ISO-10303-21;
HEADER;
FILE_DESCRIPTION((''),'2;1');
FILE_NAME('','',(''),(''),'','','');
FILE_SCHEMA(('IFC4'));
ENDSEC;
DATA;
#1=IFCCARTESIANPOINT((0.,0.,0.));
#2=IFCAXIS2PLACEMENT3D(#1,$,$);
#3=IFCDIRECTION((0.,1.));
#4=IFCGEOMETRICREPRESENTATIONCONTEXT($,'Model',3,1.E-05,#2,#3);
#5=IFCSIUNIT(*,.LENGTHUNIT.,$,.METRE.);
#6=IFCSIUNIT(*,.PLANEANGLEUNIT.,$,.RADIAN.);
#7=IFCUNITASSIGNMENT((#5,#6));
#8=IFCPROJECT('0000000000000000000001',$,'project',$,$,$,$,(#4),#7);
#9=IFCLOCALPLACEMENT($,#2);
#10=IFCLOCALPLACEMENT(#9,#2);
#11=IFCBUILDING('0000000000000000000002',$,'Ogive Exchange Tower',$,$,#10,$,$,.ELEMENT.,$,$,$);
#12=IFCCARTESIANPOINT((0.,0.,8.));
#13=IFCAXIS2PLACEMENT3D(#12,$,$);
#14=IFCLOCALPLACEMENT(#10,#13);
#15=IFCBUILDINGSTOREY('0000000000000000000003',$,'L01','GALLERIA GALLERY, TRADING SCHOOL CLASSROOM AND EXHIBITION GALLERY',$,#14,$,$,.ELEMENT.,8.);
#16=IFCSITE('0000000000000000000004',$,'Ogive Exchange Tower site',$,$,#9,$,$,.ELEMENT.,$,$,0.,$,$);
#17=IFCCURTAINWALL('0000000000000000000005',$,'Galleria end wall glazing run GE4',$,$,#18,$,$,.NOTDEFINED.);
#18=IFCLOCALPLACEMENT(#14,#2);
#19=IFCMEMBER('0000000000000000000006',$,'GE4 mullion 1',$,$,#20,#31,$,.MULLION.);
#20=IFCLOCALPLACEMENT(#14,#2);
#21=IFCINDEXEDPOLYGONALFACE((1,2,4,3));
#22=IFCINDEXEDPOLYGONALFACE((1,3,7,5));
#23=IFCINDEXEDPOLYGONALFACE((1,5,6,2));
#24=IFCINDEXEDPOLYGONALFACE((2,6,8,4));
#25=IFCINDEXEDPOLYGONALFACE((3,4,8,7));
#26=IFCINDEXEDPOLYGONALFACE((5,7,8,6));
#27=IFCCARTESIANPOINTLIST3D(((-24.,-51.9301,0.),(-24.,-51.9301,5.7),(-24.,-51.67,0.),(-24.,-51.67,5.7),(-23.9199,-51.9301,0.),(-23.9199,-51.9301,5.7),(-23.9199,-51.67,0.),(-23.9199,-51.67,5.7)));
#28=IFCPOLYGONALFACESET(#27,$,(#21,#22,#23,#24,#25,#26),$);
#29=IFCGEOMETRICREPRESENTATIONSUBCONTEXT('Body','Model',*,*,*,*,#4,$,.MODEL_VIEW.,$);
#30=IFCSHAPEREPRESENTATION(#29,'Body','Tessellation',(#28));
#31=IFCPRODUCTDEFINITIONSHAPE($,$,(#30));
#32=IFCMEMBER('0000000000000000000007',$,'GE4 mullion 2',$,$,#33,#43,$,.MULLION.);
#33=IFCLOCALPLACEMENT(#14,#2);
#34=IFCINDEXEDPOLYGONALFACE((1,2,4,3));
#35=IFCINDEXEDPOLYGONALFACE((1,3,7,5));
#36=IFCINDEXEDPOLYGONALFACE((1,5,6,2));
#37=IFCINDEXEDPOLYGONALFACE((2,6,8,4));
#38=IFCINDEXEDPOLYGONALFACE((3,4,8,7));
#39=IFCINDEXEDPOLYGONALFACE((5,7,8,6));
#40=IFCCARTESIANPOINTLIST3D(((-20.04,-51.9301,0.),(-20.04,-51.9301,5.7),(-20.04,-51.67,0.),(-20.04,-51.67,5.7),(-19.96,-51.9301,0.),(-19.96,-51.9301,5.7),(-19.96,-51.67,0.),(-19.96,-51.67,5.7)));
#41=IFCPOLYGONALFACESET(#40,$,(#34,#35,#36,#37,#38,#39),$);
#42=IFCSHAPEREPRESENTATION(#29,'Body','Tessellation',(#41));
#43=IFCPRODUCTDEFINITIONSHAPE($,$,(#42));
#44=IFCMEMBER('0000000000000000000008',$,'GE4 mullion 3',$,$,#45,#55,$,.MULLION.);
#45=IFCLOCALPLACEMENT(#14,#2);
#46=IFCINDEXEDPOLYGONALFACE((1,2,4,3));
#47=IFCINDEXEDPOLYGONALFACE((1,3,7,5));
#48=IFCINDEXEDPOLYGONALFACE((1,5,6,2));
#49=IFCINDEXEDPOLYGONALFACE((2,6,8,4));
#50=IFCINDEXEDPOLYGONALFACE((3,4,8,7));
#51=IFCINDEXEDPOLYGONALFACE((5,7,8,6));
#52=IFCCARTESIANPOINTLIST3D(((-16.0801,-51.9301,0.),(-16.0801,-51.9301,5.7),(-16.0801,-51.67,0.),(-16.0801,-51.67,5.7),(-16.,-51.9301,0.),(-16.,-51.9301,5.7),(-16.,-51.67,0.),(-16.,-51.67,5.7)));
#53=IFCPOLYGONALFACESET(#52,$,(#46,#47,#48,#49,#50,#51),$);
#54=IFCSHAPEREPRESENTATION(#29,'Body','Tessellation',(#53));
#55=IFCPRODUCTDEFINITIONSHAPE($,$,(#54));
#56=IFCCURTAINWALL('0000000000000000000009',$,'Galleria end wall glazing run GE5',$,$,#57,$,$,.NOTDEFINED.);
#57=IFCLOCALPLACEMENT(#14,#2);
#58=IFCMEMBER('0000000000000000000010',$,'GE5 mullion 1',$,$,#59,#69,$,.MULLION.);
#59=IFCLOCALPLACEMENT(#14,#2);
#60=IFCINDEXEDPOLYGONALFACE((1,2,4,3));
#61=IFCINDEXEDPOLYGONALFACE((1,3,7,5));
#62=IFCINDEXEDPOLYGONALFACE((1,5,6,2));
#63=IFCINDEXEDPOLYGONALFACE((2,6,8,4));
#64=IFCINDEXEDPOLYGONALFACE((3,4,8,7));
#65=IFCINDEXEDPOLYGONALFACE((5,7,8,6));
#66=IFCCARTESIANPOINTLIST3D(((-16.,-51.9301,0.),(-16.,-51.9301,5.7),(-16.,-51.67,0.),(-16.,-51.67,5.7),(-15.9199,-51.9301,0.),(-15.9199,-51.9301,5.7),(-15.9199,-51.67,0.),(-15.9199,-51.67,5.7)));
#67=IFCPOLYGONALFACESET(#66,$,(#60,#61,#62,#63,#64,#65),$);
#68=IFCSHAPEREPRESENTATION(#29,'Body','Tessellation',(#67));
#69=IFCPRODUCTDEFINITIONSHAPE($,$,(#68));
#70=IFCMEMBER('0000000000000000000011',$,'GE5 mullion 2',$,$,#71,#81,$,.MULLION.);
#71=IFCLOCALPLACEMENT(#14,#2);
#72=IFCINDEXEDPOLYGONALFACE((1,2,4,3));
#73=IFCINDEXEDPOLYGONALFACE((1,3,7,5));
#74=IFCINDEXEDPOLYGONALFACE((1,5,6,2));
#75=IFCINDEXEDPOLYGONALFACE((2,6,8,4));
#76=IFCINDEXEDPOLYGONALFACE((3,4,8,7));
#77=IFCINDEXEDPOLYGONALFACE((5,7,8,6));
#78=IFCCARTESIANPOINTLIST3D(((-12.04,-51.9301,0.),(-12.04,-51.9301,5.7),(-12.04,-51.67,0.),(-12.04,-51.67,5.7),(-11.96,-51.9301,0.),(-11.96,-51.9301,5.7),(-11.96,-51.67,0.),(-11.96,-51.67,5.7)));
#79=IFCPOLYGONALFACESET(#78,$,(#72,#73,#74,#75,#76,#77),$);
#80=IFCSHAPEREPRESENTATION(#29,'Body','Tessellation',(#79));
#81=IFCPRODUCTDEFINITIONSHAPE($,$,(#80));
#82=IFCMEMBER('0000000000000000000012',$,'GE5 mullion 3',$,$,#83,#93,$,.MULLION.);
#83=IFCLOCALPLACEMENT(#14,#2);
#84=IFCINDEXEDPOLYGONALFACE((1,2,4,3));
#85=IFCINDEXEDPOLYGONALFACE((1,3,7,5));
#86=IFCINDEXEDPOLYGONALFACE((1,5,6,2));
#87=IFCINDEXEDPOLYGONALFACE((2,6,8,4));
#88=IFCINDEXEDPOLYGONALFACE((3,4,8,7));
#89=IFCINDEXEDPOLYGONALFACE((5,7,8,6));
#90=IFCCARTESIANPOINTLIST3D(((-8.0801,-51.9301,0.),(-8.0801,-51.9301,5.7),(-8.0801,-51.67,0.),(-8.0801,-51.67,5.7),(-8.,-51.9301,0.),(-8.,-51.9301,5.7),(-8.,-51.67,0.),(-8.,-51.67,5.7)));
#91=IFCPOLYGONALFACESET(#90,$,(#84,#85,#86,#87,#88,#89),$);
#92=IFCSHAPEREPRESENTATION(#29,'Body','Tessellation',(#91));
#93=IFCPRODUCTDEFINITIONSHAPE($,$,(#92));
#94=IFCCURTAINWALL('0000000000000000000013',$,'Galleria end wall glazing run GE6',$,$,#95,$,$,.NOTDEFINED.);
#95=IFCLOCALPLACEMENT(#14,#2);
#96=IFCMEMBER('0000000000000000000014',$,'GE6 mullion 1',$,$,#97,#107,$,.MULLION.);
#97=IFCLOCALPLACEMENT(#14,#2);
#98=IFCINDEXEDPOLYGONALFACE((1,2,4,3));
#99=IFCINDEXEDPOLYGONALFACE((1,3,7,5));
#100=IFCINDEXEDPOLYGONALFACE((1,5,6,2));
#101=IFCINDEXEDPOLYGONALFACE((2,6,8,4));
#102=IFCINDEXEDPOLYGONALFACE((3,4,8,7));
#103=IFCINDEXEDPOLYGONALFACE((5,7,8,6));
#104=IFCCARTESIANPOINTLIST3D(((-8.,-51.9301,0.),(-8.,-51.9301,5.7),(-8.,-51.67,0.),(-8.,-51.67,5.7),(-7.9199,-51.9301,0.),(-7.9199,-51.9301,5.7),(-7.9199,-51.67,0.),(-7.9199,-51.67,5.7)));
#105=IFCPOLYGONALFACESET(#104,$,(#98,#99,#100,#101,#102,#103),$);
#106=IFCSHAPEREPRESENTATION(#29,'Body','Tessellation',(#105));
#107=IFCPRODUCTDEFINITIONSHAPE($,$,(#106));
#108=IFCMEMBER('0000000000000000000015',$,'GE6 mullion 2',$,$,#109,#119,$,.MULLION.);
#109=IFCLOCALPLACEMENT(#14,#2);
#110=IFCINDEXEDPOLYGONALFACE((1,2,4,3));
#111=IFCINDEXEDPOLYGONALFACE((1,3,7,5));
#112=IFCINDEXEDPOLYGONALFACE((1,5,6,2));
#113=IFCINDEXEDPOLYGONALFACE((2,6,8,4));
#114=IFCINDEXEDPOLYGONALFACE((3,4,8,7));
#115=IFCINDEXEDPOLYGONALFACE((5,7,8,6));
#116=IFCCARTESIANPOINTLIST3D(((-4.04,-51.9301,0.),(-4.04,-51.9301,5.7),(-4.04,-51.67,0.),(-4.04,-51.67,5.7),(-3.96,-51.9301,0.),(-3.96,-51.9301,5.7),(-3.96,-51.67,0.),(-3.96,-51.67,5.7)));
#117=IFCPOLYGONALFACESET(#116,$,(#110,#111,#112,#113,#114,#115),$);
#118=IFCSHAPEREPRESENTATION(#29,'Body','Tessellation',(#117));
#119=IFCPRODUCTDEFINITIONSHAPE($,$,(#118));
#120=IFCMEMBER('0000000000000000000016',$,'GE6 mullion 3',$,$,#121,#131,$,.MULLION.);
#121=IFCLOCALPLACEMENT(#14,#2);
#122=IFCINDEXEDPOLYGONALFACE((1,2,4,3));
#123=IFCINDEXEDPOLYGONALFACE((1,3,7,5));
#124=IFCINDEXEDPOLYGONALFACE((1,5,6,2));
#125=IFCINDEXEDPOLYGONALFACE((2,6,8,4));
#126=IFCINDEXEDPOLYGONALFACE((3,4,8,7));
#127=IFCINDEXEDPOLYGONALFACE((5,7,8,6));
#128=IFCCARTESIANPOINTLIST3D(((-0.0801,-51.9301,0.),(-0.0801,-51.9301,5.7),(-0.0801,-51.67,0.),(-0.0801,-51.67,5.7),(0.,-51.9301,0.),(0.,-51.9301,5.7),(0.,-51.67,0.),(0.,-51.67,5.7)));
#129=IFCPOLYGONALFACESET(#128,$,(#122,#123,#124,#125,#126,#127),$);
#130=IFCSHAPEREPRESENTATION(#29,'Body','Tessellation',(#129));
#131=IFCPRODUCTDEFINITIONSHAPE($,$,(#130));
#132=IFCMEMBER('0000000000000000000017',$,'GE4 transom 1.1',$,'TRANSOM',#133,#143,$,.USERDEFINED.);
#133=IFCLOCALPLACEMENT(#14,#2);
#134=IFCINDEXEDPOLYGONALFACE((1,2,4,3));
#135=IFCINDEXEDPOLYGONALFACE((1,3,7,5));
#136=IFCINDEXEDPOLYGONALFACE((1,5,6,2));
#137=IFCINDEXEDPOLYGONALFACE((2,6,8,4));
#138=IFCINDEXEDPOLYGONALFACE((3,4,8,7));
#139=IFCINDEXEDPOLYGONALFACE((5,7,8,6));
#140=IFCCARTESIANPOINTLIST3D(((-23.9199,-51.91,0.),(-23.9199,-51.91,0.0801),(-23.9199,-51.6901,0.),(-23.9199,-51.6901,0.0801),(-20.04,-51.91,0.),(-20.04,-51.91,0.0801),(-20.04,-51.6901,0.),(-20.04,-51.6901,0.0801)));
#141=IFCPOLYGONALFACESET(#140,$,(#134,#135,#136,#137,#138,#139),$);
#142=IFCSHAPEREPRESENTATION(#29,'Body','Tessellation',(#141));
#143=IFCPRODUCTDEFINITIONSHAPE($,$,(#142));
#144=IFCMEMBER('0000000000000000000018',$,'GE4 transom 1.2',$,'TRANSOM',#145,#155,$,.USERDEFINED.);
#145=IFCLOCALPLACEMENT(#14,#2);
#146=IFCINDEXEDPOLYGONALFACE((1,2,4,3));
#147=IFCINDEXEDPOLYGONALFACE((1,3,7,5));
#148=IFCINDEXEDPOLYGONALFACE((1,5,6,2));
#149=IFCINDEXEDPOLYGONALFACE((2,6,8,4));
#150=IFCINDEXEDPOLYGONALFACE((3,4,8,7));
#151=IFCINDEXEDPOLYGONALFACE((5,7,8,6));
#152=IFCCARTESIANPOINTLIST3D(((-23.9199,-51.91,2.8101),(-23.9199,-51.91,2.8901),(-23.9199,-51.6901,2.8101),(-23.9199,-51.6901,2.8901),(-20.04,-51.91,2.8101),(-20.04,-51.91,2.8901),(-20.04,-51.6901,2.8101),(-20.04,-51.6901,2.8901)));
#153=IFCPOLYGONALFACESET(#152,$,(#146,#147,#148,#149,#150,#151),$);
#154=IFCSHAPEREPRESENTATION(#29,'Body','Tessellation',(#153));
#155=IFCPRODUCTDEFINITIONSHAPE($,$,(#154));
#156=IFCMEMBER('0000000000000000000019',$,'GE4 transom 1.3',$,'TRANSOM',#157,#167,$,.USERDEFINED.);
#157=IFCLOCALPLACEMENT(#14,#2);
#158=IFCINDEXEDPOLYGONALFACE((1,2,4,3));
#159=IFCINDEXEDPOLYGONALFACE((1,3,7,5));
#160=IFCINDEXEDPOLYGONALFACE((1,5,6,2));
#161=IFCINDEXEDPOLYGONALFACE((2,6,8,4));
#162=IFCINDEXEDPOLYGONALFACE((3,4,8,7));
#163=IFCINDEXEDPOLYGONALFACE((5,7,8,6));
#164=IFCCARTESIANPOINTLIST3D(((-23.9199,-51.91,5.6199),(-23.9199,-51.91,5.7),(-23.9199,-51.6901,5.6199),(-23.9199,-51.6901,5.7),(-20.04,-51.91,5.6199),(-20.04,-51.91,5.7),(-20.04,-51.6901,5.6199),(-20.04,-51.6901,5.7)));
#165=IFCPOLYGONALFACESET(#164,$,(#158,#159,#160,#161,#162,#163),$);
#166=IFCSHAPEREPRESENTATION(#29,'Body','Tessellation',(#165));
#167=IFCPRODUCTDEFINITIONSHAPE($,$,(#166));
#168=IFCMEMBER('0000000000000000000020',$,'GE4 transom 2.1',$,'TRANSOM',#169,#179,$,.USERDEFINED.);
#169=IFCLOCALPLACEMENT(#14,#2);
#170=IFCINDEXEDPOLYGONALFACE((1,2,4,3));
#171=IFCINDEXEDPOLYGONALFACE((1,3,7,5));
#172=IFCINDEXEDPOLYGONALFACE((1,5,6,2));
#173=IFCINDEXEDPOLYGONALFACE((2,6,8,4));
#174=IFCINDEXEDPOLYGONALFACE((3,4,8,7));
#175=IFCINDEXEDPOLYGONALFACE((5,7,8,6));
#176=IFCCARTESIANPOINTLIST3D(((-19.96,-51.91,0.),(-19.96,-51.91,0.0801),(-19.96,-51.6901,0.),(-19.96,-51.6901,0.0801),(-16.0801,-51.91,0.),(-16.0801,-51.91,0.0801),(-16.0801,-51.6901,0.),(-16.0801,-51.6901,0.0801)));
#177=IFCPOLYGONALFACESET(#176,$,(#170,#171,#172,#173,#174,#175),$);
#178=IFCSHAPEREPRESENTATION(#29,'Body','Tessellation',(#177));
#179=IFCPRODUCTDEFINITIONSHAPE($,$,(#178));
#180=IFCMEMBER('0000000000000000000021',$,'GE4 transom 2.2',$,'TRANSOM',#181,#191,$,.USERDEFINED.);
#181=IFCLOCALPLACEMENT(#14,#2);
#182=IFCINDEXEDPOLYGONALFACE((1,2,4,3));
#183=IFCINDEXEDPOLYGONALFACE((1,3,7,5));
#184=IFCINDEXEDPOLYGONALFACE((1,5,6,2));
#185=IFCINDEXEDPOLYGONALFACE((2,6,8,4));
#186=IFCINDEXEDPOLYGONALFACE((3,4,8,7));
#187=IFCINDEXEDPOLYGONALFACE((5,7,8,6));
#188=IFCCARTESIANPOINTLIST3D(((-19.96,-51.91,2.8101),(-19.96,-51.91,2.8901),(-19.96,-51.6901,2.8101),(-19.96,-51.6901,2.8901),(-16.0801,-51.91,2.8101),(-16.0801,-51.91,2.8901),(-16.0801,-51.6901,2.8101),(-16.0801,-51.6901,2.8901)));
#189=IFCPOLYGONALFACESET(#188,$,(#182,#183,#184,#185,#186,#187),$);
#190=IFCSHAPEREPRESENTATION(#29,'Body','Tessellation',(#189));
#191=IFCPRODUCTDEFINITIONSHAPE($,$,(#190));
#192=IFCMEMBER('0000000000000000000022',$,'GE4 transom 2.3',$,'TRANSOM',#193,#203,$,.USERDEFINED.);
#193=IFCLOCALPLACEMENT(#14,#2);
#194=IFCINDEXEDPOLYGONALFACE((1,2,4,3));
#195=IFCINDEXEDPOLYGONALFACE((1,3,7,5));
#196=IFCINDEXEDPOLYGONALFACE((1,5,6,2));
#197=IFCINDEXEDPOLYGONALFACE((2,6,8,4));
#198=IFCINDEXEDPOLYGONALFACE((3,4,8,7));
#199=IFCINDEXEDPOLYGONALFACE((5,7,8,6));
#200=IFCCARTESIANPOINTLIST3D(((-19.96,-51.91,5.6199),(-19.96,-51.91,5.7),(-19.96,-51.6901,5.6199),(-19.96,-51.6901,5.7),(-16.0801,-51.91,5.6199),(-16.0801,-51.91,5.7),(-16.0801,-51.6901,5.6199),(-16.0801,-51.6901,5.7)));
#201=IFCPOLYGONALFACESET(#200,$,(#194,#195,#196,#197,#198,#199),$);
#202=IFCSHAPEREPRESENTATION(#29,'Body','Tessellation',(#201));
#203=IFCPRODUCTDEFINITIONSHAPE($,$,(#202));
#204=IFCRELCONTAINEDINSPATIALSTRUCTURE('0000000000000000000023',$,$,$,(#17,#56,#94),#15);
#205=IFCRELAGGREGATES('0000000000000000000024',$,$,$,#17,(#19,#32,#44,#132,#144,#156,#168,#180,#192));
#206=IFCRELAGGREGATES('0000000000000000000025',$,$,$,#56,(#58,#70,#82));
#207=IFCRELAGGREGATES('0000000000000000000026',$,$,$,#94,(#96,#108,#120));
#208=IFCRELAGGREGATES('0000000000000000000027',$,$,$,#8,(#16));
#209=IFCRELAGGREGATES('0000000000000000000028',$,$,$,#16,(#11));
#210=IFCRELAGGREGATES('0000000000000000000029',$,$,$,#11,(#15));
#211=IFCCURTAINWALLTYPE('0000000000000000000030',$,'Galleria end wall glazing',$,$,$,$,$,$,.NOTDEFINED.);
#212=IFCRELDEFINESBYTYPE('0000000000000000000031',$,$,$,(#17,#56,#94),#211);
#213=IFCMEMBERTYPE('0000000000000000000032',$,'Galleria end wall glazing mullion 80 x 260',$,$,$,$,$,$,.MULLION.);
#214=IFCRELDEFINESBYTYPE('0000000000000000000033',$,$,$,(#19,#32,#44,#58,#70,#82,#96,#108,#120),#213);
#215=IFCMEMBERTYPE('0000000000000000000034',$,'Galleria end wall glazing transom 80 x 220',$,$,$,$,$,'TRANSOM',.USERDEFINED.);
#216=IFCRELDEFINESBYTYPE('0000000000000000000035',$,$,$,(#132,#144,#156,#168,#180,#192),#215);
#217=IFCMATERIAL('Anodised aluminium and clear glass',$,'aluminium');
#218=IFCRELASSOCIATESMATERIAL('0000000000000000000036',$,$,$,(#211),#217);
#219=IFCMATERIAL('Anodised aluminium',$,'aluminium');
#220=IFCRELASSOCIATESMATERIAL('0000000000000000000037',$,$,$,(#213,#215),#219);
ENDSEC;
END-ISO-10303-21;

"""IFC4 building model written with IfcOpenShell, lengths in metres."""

from ifc_helpers import new_model, si_unit, direction, frame, origin, origin_2d, place, context, subcontext, project, spatial, rectangle, extrude, material, material_profile, profile_set, type_object, element, aggregate, save


model = new_model("IFC4")

# Units and contexts
model_context = context("Model", 3, precision=1e-05, world=origin(), true_north=direction((0.0, 1.0)))
body_context = subcontext(model_context, "Body", "Model", "MODEL_VIEW")
ifc_project = project(units=[si_unit("LENGTHUNIT", "METRE"), si_unit("PLANEANGLEUNIT", "RADIAN")], contexts=[model_context])

# Site, building, storey
site_placement = place(None, origin())
site = spatial("IfcSite", under=ifc_project, at=site_placement, Name="Ogive Exchange Tower site", CompositionType="ELEMENT", RefElevation=0.0)
building_placement = place(site_placement, origin())
building = spatial("IfcBuilding", under=site, at=building_placement, Name="Ogive Exchange Tower", CompositionType="ELEMENT")
storey_placement = place(building_placement, frame((0.0, 0.0, 8.0)))
storey = spatial("IfcBuildingStorey", under=building, at=storey_placement, Name="L01", Description="GALLERIA GALLERY, TRADING SCHOOL CLASSROOM AND EXHIBITION GALLERY", CompositionType="ELEMENT", Elevation=8.0)

# Curtain walls, members
ifc_material_1 = material(Name="Anodised aluminium and clear glass", Category="aluminium")
curtain_wall_type = type_object("IfcCurtainWallType", Name="Galleria end wall glazing", PredefinedType="NOTDEFINED", material=ifc_material_1)
curtain_wall_1_placement = place(storey_placement, origin())
curtain_wall_1 = element("IfcCurtainWall", 1, at=curtain_wall_1_placement, inside=storey, type_object=curtain_wall_type, Name="Galleria end wall glazing run GE4", PredefinedType="NOTDEFINED")
ifc_material_2 = material(Name="Anodised aluminium", Category="aluminium")
ifc_material_profile_1 = material_profile(ifc_material_2, rectangle(XDim=0.26, YDim=0.0801, at=origin_2d()), Name="AL 80x260")
ifc_profile_set_1 = profile_set([ifc_material_profile_1], Name="Anodised aluminium")
member_type_1 = type_object("IfcMemberType", Name="Galleria end wall glazing mullion 80 x 260", PredefinedType="MULLION", material=ifc_profile_set_1)
member_1_placement = place(storey_placement, frame((-23.96, -51.8, 0.0), z_axis=(0.0, 0.0, 1.0), x_axis=(0.0, 1.0, 0.0)))
member_1 = element("IfcMember", 2, at=member_1_placement, type_object=member_type_1, Name="GE4 mullion 1", PredefinedType="MULLION", context=body_context, shape_type="SweptSolid", body=[
    extrude(rectangle(XDim=0.26, YDim=0.0801, at=origin_2d()), origin(), (0.0, 0.0, 1.0), 5.7),
])
member_2_placement = place(storey_placement, frame((-20.0, -51.8, 0.0), z_axis=(0.0, 0.0, 1.0), x_axis=(0.0, 1.0, 0.0)))
member_2 = element("IfcMember", 3, at=member_2_placement, type_object=member_type_1, Name="GE4 mullion 2", PredefinedType="MULLION", context=body_context, shape_type="SweptSolid", body=[
    extrude(rectangle(XDim=0.26, YDim=0.0801, at=origin_2d()), origin(), (0.0, 0.0, 1.0), 5.7),
])
member_3_placement = place(storey_placement, frame((-16.04, -51.8, 0.0), z_axis=(0.0, 0.0, 1.0), x_axis=(0.0, 1.0, 0.0)))
member_3 = element("IfcMember", 4, at=member_3_placement, type_object=member_type_1, Name="GE4 mullion 3", PredefinedType="MULLION", context=body_context, shape_type="SweptSolid", body=[
    extrude(rectangle(XDim=0.26, YDim=0.0801, at=origin_2d()), origin(), (0.0, 0.0, 1.0), 5.7),
])
curtain_wall_2_placement = place(storey_placement, origin())
curtain_wall_2 = element("IfcCurtainWall", 5, at=curtain_wall_2_placement, inside=storey, type_object=curtain_wall_type, Name="Galleria end wall glazing run GE5", PredefinedType="NOTDEFINED")
member_4_placement = place(storey_placement, frame((-15.96, -51.8, 0.0), z_axis=(0.0, 0.0, 1.0), x_axis=(0.0, 1.0, 0.0)))
member_4 = element("IfcMember", 6, at=member_4_placement, type_object=member_type_1, Name="GE5 mullion 1", PredefinedType="MULLION", context=body_context, shape_type="SweptSolid", body=[
    extrude(rectangle(XDim=0.26, YDim=0.0801, at=origin_2d()), origin(), (0.0, 0.0, 1.0), 5.7),
])
member_5_placement = place(storey_placement, frame((-12.0, -51.8, 0.0), z_axis=(0.0, 0.0, 1.0), x_axis=(0.0, 1.0, 0.0)))
member_5 = element("IfcMember", 7, at=member_5_placement, type_object=member_type_1, Name="GE5 mullion 2", PredefinedType="MULLION", context=body_context, shape_type="SweptSolid", body=[
    extrude(rectangle(XDim=0.26, YDim=0.0801, at=origin_2d()), origin(), (0.0, 0.0, 1.0), 5.7),
])
member_6_placement = place(storey_placement, frame((-8.04, -51.8, 0.0), z_axis=(0.0, 0.0, 1.0), x_axis=(0.0, 1.0, 0.0)))
member_6 = element("IfcMember", 8, at=member_6_placement, type_object=member_type_1, Name="GE5 mullion 3", PredefinedType="MULLION", context=body_context, shape_type="SweptSolid", body=[
    extrude(rectangle(XDim=0.26, YDim=0.0801, at=origin_2d()), origin(), (0.0, 0.0, 1.0), 5.7),
])
curtain_wall_3_placement = place(storey_placement, origin())
curtain_wall_3 = element("IfcCurtainWall", 9, at=curtain_wall_3_placement, inside=storey, type_object=curtain_wall_type, Name="Galleria end wall glazing run GE6", PredefinedType="NOTDEFINED")
member_7_placement = place(storey_placement, frame((-7.96, -51.8, 0.0), z_axis=(0.0, 0.0, 1.0), x_axis=(0.0, 1.0, 0.0)))
member_7 = element("IfcMember", 10, at=member_7_placement, type_object=member_type_1, Name="GE6 mullion 1", PredefinedType="MULLION", context=body_context, shape_type="SweptSolid", body=[
    extrude(rectangle(XDim=0.26, YDim=0.0801, at=origin_2d()), origin(), (0.0, 0.0, 1.0), 5.7),
])
member_8_placement = place(storey_placement, frame((-4.0, -51.8, 0.0), z_axis=(0.0, 0.0, 1.0), x_axis=(0.0, 1.0, 0.0)))
member_8 = element("IfcMember", 11, at=member_8_placement, type_object=member_type_1, Name="GE6 mullion 2", PredefinedType="MULLION", context=body_context, shape_type="SweptSolid", body=[
    extrude(rectangle(XDim=0.26, YDim=0.0801, at=origin_2d()), origin(), (0.0, 0.0, 1.0), 5.7),
])
member_9_placement = place(storey_placement, frame((-0.04, -51.8, 0.0), z_axis=(0.0, 0.0, 1.0), x_axis=(0.0, 1.0, 0.0)))
member_9 = element("IfcMember", 12, at=member_9_placement, type_object=member_type_1, Name="GE6 mullion 3", PredefinedType="MULLION", context=body_context, shape_type="SweptSolid", body=[
    extrude(rectangle(XDim=0.26, YDim=0.0801, at=origin_2d()), origin(), (0.0, 0.0, 1.0), 5.7),
])

# Members
ifc_material_profile_2 = material_profile(ifc_material_2, rectangle(XDim=0.22, YDim=0.0801, at=origin_2d()), Name="AL 80x220")
ifc_profile_set_2 = profile_set([ifc_material_profile_2], Name="Anodised aluminium")
member_type_2 = type_object("IfcMemberType", Name="Galleria end wall glazing transom 80 x 220", ElementType="TRANSOM", PredefinedType="USERDEFINED", material=ifc_profile_set_2)
member_10_placement = place(storey_placement, frame((-23.9199, -51.8, 0.04), z_axis=(1.0, 0.0, 0.0), x_axis=(0.0, 1.0, 0.0)))
member_10 = element("IfcMember", 13, at=member_10_placement, type_object=member_type_2, Name="GE4 transom 1.1", ObjectType="TRANSOM", PredefinedType="USERDEFINED", context=body_context, shape_type="SweptSolid", body=[
    extrude(rectangle(XDim=0.22, YDim=0.0801, at=origin_2d()), origin(), (0.0, 0.0, 1.0), 3.8799),
])
member_11_placement = place(storey_placement, frame((-23.9199, -51.8, 2.8501), z_axis=(1.0, 0.0, 0.0), x_axis=(0.0, 1.0, 0.0)))
member_11 = element("IfcMember", 14, at=member_11_placement, type_object=member_type_2, Name="GE4 transom 1.2", ObjectType="TRANSOM", PredefinedType="USERDEFINED", context=body_context, shape_type="SweptSolid", body=[
    extrude(rectangle(XDim=0.22, YDim=0.0801, at=origin_2d()), origin(), (0.0, 0.0, 1.0), 3.8799),
])
member_12_placement = place(storey_placement, frame((-23.9199, -51.8, 5.6599), z_axis=(1.0, 0.0, 0.0), x_axis=(0.0, 1.0, 0.0)))
member_12 = element("IfcMember", 15, at=member_12_placement, type_object=member_type_2, Name="GE4 transom 1.3", ObjectType="TRANSOM", PredefinedType="USERDEFINED", context=body_context, shape_type="SweptSolid", body=[
    extrude(rectangle(XDim=0.22, YDim=0.0801, at=origin_2d()), origin(), (0.0, 0.0, 1.0), 3.8799),
])
member_13_placement = place(storey_placement, frame((-19.96, -51.8, 0.04), z_axis=(1.0, 0.0, 0.0), x_axis=(0.0, 1.0, 0.0)))
member_13 = element("IfcMember", 16, at=member_13_placement, type_object=member_type_2, Name="GE4 transom 2.1", ObjectType="TRANSOM", PredefinedType="USERDEFINED", context=body_context, shape_type="SweptSolid", body=[
    extrude(rectangle(XDim=0.22, YDim=0.0801, at=origin_2d()), origin(), (0.0, 0.0, 1.0), 3.8799),
])
member_14_placement = place(storey_placement, frame((-19.96, -51.8, 2.8501), z_axis=(1.0, 0.0, 0.0), x_axis=(0.0, 1.0, 0.0)))
member_14 = element("IfcMember", 17, at=member_14_placement, type_object=member_type_2, Name="GE4 transom 2.2", ObjectType="TRANSOM", PredefinedType="USERDEFINED", context=body_context, shape_type="SweptSolid", body=[
    extrude(rectangle(XDim=0.22, YDim=0.0801, at=origin_2d()), origin(), (0.0, 0.0, 1.0), 3.8799),
])
member_15_placement = place(storey_placement, frame((-19.96, -51.8, 5.6599), z_axis=(1.0, 0.0, 0.0), x_axis=(0.0, 1.0, 0.0)))
member_15 = element("IfcMember", 18, at=member_15_placement, type_object=member_type_2, Name="GE4 transom 2.3", ObjectType="TRANSOM", PredefinedType="USERDEFINED", context=body_context, shape_type="SweptSolid", body=[
    extrude(rectangle(XDim=0.22, YDim=0.0801, at=origin_2d()), origin(), (0.0, 0.0, 1.0), 3.8799),
])

aggregate(curtain_wall_1, [member_1, member_2, member_3, member_10, member_11, member_12, member_13, member_14, member_15])
aggregate(curtain_wall_2, [member_4, member_5, member_6])
aggregate(curtain_wall_3, [member_7, member_8, member_9])

save(model, "model.ifc")
